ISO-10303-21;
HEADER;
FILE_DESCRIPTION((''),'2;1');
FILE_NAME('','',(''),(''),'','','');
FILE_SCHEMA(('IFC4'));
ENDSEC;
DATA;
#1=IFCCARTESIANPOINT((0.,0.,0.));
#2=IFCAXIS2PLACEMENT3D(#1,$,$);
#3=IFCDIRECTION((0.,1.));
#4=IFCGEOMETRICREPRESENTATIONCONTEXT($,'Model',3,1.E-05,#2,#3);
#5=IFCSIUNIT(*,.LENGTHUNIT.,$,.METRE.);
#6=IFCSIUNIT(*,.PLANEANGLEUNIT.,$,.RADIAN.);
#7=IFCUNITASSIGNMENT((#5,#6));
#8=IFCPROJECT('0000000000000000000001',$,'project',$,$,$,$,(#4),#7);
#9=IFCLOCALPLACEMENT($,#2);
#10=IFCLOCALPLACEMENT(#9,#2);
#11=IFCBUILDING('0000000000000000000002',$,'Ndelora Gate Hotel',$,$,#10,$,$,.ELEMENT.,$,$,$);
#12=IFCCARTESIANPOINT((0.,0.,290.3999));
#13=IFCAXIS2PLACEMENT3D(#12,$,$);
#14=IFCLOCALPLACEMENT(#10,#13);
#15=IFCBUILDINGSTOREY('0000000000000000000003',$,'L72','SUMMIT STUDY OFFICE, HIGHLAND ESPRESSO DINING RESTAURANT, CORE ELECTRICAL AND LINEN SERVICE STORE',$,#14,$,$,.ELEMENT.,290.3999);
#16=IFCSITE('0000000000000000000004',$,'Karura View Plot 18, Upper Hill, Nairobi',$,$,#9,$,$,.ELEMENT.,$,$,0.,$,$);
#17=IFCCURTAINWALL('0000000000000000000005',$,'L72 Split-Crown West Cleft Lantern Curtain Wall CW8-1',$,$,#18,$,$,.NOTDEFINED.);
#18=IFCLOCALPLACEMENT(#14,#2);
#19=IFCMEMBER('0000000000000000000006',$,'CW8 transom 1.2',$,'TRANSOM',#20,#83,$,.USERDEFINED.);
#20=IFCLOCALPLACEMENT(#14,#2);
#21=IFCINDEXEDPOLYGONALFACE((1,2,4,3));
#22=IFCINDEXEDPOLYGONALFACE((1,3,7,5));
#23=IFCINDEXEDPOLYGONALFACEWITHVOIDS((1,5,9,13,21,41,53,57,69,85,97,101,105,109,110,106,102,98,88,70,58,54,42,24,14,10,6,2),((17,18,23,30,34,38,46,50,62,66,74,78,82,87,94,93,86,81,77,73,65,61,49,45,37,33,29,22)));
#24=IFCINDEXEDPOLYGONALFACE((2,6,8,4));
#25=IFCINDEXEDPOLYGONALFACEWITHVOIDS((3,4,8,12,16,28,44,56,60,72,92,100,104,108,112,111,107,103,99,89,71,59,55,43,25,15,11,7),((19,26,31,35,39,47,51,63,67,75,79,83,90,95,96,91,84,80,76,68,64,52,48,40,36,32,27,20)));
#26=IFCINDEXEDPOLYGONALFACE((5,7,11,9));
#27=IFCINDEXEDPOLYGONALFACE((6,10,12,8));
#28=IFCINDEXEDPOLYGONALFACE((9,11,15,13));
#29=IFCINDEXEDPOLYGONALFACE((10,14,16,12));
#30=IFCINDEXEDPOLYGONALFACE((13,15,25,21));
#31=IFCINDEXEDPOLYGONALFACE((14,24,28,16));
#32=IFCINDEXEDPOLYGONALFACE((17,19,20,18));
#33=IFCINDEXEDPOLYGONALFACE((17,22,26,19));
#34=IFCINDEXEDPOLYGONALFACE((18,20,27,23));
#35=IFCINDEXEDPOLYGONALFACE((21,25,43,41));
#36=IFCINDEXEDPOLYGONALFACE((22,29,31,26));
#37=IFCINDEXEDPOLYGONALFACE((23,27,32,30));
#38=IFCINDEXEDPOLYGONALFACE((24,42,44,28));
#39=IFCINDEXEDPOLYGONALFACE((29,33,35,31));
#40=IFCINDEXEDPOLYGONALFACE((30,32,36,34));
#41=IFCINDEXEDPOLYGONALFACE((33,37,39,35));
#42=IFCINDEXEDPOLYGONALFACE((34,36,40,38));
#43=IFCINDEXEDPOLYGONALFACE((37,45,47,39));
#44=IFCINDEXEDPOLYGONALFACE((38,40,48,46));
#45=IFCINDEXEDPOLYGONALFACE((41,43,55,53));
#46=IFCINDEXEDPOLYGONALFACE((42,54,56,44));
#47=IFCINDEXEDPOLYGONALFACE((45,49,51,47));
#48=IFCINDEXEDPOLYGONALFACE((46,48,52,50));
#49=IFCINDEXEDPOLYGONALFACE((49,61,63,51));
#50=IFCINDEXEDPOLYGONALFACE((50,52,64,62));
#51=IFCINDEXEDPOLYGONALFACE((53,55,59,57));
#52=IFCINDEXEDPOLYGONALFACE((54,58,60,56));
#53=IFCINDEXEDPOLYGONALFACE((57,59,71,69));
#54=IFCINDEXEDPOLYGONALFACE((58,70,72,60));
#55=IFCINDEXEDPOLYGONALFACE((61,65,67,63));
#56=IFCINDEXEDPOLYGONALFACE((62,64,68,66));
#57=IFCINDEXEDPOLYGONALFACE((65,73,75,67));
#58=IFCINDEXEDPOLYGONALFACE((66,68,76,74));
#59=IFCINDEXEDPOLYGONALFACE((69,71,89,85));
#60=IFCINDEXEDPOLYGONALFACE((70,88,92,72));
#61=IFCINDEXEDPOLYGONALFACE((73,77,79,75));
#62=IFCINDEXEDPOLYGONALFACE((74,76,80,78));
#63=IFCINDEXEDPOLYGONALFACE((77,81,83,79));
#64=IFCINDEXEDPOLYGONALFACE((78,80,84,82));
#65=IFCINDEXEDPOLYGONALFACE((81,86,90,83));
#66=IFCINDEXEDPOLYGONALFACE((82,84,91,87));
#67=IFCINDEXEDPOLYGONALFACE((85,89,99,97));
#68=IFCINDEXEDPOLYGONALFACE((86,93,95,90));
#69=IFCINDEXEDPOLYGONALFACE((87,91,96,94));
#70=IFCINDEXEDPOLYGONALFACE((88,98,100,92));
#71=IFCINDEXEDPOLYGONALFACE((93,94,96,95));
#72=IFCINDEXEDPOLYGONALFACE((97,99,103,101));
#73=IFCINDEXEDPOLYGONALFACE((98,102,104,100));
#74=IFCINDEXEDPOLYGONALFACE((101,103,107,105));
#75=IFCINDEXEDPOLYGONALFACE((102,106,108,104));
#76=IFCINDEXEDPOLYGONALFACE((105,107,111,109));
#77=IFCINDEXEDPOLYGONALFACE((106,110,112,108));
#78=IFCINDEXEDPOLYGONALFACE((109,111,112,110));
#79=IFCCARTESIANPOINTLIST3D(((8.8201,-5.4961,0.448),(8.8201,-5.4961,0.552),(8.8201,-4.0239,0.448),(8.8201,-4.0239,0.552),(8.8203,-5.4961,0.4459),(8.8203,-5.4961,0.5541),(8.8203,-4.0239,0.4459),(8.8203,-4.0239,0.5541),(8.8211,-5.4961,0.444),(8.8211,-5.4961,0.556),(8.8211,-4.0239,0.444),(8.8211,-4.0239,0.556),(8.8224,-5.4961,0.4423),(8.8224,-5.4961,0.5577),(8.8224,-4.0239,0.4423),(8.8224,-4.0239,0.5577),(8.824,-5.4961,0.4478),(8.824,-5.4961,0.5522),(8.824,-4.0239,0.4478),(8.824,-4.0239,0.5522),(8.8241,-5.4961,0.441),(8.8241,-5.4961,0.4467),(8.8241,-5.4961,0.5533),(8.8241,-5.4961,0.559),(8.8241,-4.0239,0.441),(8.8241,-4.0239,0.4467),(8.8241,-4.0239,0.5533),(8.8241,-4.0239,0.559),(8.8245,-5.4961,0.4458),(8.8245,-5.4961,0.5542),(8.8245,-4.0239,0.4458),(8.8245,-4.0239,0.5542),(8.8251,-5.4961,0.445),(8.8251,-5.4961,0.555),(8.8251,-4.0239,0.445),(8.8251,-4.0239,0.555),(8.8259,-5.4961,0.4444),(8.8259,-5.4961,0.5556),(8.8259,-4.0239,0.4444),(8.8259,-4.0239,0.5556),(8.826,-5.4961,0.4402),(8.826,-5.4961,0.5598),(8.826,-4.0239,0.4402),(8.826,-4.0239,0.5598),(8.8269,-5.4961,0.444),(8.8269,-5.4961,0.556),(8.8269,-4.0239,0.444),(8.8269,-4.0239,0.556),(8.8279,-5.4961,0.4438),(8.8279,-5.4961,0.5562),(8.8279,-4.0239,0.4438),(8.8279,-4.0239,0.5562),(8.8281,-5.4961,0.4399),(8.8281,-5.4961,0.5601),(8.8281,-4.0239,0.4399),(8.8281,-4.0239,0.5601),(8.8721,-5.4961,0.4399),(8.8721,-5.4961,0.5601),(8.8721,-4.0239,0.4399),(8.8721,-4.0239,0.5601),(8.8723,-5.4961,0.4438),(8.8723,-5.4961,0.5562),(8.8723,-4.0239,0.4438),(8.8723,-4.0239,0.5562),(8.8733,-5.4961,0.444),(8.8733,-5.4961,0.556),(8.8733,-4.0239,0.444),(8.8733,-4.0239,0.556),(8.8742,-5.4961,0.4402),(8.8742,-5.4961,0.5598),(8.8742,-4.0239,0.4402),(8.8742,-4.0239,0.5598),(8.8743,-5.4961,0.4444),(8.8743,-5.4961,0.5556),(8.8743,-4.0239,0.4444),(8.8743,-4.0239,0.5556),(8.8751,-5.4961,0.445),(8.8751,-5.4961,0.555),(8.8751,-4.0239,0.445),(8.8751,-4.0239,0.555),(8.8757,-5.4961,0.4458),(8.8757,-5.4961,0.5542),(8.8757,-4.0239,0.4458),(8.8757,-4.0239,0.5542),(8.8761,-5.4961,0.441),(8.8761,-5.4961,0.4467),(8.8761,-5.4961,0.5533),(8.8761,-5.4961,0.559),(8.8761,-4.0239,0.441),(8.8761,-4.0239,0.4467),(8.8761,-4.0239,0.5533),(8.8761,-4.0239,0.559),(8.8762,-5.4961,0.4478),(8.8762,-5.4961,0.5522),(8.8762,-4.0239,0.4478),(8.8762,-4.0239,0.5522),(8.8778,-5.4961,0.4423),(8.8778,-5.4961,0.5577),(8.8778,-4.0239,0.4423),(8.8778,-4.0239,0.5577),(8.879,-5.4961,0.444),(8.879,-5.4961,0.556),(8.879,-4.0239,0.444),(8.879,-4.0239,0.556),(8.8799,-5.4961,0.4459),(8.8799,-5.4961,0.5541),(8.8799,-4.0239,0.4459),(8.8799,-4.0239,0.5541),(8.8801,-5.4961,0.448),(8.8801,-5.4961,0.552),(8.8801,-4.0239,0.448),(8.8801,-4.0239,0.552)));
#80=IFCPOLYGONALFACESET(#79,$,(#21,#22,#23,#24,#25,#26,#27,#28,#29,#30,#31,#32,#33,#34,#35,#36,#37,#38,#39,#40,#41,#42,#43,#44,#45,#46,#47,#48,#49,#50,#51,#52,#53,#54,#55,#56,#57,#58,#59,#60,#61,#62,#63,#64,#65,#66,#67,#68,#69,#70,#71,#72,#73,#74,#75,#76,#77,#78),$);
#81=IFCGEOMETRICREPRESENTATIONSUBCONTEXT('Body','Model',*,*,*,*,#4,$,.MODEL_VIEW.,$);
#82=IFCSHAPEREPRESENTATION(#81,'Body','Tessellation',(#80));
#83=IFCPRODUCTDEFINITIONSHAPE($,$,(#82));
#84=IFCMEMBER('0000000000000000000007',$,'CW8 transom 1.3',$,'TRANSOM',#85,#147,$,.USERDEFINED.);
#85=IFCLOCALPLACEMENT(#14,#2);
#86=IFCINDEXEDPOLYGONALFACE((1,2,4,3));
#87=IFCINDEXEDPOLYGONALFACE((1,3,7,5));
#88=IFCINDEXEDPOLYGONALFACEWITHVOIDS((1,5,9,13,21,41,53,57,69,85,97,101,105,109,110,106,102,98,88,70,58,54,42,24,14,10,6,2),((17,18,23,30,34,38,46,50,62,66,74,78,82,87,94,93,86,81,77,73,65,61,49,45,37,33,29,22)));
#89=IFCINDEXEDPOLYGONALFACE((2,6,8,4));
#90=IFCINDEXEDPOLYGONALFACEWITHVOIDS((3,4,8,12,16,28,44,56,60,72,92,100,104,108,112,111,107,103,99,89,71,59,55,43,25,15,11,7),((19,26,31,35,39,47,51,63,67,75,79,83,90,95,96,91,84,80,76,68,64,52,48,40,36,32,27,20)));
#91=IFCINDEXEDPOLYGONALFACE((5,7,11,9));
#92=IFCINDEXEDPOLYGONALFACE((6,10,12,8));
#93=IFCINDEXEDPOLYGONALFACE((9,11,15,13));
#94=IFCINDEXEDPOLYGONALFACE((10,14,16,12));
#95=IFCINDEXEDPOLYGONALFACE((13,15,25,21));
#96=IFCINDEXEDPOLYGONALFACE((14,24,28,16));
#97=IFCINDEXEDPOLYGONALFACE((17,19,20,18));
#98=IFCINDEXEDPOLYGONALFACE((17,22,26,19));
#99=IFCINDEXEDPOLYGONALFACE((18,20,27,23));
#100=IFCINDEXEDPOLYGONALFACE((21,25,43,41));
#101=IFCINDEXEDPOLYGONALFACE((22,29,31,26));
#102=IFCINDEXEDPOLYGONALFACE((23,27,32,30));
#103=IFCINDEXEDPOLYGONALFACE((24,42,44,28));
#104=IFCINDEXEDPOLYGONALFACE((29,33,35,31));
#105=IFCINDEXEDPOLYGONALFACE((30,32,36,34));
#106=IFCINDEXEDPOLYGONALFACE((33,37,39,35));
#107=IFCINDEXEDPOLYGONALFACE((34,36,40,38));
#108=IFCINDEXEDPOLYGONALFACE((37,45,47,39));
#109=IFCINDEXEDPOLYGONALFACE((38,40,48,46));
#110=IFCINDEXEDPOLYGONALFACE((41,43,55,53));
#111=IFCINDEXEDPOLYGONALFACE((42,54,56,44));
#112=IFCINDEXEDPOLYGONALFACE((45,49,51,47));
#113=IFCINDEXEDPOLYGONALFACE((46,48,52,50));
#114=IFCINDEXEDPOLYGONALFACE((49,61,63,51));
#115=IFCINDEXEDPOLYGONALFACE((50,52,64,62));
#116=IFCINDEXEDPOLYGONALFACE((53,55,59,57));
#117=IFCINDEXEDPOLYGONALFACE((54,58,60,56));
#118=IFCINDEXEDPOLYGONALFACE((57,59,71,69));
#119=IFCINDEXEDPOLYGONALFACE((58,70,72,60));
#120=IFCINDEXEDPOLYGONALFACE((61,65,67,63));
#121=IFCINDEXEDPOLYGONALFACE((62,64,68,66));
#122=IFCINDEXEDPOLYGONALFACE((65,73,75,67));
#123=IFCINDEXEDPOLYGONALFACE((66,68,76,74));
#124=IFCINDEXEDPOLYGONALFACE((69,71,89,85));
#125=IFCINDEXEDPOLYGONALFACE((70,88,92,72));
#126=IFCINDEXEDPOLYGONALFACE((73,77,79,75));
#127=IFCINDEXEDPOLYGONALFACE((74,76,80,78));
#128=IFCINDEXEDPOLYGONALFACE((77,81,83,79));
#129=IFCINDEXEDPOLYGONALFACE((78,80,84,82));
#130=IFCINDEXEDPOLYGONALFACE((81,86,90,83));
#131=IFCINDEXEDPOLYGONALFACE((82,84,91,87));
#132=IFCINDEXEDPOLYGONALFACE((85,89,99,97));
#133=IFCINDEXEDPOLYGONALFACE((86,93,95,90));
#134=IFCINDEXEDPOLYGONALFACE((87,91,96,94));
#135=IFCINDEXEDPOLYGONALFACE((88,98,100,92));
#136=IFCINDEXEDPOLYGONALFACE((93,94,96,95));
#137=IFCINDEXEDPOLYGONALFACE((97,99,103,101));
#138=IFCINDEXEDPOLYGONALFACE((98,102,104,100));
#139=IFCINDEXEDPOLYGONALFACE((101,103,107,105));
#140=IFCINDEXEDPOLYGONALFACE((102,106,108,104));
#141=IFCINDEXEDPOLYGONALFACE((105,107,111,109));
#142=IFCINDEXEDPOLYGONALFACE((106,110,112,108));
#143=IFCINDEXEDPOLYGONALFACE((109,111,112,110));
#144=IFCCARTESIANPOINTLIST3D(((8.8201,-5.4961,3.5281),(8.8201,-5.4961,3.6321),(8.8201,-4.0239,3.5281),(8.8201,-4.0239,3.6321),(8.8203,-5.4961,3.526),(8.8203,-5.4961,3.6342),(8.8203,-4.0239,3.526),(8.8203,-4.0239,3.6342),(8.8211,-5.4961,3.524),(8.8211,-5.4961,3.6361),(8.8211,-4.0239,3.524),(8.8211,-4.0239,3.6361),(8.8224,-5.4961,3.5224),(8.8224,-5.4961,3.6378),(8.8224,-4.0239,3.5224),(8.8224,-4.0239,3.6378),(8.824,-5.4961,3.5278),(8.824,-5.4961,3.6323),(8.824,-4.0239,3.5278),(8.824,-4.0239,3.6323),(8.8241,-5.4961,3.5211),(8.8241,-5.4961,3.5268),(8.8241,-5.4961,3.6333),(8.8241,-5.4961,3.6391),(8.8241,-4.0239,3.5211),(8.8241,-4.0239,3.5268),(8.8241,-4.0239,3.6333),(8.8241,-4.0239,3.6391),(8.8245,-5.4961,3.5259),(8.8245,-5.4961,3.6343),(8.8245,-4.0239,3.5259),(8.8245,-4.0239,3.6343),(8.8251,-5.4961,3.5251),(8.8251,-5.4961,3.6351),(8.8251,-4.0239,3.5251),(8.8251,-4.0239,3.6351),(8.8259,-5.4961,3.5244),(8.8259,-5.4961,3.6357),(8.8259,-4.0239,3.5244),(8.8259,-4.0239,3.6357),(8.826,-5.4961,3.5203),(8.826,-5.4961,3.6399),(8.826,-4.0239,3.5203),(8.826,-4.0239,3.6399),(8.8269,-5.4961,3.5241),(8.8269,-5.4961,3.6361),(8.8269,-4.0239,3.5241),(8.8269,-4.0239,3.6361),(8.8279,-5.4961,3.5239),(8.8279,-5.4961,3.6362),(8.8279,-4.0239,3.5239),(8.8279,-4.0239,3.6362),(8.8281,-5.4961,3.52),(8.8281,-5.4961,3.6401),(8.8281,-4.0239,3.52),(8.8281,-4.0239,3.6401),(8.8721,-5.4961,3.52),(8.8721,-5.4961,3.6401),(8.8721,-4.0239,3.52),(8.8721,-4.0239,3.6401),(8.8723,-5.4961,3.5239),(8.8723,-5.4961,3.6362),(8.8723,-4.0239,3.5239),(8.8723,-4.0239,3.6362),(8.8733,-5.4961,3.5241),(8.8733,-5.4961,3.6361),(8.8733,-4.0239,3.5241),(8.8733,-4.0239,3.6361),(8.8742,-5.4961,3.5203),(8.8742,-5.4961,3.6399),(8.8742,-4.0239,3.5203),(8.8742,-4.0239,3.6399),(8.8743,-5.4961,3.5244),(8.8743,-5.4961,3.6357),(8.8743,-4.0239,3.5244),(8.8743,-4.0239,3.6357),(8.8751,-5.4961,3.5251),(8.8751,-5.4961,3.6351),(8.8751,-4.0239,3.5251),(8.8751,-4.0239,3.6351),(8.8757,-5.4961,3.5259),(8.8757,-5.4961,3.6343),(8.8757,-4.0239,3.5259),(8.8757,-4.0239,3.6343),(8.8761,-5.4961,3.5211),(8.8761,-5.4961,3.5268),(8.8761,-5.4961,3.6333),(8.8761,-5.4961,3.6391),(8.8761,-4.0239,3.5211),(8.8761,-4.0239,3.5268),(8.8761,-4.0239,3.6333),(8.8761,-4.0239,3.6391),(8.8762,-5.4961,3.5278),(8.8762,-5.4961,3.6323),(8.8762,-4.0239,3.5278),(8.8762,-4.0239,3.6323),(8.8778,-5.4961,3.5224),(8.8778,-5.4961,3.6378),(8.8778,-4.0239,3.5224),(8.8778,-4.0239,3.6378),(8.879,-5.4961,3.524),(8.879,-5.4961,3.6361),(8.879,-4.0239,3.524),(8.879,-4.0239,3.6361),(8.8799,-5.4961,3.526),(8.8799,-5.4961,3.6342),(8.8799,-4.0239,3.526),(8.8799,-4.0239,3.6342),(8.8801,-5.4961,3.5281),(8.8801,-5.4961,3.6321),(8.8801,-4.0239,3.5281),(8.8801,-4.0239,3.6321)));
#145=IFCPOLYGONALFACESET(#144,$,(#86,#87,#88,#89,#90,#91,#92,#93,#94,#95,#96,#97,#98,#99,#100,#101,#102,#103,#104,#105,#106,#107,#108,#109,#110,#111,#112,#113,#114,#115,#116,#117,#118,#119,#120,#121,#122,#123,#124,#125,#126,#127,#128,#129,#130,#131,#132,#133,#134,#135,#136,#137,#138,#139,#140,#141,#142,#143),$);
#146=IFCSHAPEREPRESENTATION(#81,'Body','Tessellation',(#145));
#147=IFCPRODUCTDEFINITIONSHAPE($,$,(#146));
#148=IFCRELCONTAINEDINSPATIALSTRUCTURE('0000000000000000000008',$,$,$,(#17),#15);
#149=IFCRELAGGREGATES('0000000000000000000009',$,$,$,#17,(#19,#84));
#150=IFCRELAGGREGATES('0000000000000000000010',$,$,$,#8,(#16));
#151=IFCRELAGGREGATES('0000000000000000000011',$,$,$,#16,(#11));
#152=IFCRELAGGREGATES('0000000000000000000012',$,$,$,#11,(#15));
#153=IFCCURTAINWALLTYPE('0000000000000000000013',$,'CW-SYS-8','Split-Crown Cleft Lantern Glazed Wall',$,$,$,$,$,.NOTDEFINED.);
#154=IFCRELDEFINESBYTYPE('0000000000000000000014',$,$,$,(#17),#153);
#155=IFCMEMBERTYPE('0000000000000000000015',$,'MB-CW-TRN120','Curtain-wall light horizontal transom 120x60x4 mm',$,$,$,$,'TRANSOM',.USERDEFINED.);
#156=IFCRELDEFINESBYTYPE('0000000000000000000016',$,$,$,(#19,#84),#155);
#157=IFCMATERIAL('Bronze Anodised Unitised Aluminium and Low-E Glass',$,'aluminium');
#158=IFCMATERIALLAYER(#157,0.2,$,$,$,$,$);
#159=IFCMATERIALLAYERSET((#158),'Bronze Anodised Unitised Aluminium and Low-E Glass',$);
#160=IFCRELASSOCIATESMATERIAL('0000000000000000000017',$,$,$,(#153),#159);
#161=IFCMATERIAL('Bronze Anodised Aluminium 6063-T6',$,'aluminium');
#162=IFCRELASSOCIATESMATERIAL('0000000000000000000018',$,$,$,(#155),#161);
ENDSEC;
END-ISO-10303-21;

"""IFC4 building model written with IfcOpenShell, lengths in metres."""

from ifc_helpers import new_model, si_unit, direction, frame, origin, origin_2d, place, context, subcontext, project, spatial, hollow_rectangle, extrude, material, layer, layer_set, material_profile, profile_set, type_object, element, aggregate, save


model = new_model("IFC4")

# Units and contexts
model_context = context("Model", 3, precision=1e-05, world=origin(), true_north=direction((0.0, 1.0)))
body_context = subcontext(model_context, "Body", "Model", "MODEL_VIEW")
ifc_project = project(units=[si_unit("LENGTHUNIT", "METRE"), si_unit("PLANEANGLEUNIT", "RADIAN")], contexts=[model_context])

# Site, building, storey
site_placement = place(None, origin())
site = spatial("IfcSite", under=ifc_project, at=site_placement, Name="Karura View Plot 18, Upper Hill, Nairobi", CompositionType="ELEMENT", RefElevation=0.0)
building_placement = place(site_placement, origin())
building = spatial("IfcBuilding", under=site, at=building_placement, Name="Ndelora Gate Hotel", CompositionType="ELEMENT")
storey_placement = place(building_placement, frame((0.0, 0.0, 290.3999)))
storey = spatial("IfcBuildingStorey", under=building, at=storey_placement, Name="L72", Description="SUMMIT STUDY OFFICE, HIGHLAND ESPRESSO DINING RESTAURANT, CORE ELECTRICAL AND LINEN SERVICE STORE", CompositionType="ELEMENT", Elevation=290.3999)

# Curtain wall, members
ifc_material_1 = material(Name="Bronze Anodised Unitised Aluminium and Low-E Glass", Category="aluminium")
ifc_layer_1 = layer(ifc_material_1, 0.2)
ifc_layer_set_1 = layer_set([ifc_layer_1], Name="Bronze Anodised Unitised Aluminium and Low-E Glass")
curtain_wall_type = type_object("IfcCurtainWallType", Name="CW-SYS-8", Description="Split-Crown Cleft Lantern Glazed Wall", PredefinedType="NOTDEFINED", material=ifc_layer_set_1)
curtain_wall_placement = place(storey_placement, origin())
curtain_wall = element("IfcCurtainWall", 1, at=curtain_wall_placement, inside=storey, type_object=curtain_wall_type, Name="L72 Split-Crown West Cleft Lantern Curtain Wall CW8-1", PredefinedType="NOTDEFINED")
ifc_material_2 = material(Name="Bronze Anodised Aluminium 6063-T6", Category="aluminium")
ifc_material_profile_1 = material_profile(ifc_material_2, hollow_rectangle(XDim=0.0601, YDim=0.1201, WallThickness=0.0039, InnerFilletRadius=0.0039, OuterFilletRadius=0.0081, at=origin_2d()), Name="ALU 120x60x4")
ifc_profile_set_1 = profile_set([ifc_material_profile_1], Name="Bronze Anodised Aluminium 6063-T6")
member_type_1 = type_object("IfcMemberType", Name="MB-CW-TRN120", Description="Curtain-wall light horizontal transom 120x60x4 mm", ElementType="TRANSOM", PredefinedType="USERDEFINED", material=ifc_profile_set_1)
member_1_placement = place(storey_placement, frame((8.8501, -5.4961, 0.5), z_axis=(0.0, 1.0, 0.0), x_axis=(-1.0, 0.0, 0.0)))
member_1 = element("IfcMember", 2, at=member_1_placement, type_object=member_type_1, Name="CW8 transom 1.2", ObjectType="TRANSOM", PredefinedType="USERDEFINED", context=body_context, shape_type="SweptSolid", body=[
    extrude(hollow_rectangle(XDim=0.0601, YDim=0.1201, WallThickness=0.0039, InnerFilletRadius=0.0039, OuterFilletRadius=0.0081, at=origin_2d()), origin(), (0.0, 0.0, 1.0), 1.4722),
])
member_2_placement = place(storey_placement, frame((8.8501, -5.4961, 3.5801), z_axis=(0.0, 1.0, 0.0), x_axis=(-1.0, 0.0, 0.0)))
member_2 = element("IfcMember", 3, at=member_2_placement, type_object=member_type_1, Name="CW8 transom 1.3", ObjectType="TRANSOM", PredefinedType="USERDEFINED", context=body_context, shape_type="SweptSolid", body=[
    extrude(hollow_rectangle(XDim=0.0601, YDim=0.1201, WallThickness=0.0039, InnerFilletRadius=0.0039, OuterFilletRadius=0.0081, at=origin_2d()), origin(), (0.0, 0.0, 1.0), 1.4722),
])
aggregate(curtain_wall, [member_1, member_2])

save(model, "model.ifc")
